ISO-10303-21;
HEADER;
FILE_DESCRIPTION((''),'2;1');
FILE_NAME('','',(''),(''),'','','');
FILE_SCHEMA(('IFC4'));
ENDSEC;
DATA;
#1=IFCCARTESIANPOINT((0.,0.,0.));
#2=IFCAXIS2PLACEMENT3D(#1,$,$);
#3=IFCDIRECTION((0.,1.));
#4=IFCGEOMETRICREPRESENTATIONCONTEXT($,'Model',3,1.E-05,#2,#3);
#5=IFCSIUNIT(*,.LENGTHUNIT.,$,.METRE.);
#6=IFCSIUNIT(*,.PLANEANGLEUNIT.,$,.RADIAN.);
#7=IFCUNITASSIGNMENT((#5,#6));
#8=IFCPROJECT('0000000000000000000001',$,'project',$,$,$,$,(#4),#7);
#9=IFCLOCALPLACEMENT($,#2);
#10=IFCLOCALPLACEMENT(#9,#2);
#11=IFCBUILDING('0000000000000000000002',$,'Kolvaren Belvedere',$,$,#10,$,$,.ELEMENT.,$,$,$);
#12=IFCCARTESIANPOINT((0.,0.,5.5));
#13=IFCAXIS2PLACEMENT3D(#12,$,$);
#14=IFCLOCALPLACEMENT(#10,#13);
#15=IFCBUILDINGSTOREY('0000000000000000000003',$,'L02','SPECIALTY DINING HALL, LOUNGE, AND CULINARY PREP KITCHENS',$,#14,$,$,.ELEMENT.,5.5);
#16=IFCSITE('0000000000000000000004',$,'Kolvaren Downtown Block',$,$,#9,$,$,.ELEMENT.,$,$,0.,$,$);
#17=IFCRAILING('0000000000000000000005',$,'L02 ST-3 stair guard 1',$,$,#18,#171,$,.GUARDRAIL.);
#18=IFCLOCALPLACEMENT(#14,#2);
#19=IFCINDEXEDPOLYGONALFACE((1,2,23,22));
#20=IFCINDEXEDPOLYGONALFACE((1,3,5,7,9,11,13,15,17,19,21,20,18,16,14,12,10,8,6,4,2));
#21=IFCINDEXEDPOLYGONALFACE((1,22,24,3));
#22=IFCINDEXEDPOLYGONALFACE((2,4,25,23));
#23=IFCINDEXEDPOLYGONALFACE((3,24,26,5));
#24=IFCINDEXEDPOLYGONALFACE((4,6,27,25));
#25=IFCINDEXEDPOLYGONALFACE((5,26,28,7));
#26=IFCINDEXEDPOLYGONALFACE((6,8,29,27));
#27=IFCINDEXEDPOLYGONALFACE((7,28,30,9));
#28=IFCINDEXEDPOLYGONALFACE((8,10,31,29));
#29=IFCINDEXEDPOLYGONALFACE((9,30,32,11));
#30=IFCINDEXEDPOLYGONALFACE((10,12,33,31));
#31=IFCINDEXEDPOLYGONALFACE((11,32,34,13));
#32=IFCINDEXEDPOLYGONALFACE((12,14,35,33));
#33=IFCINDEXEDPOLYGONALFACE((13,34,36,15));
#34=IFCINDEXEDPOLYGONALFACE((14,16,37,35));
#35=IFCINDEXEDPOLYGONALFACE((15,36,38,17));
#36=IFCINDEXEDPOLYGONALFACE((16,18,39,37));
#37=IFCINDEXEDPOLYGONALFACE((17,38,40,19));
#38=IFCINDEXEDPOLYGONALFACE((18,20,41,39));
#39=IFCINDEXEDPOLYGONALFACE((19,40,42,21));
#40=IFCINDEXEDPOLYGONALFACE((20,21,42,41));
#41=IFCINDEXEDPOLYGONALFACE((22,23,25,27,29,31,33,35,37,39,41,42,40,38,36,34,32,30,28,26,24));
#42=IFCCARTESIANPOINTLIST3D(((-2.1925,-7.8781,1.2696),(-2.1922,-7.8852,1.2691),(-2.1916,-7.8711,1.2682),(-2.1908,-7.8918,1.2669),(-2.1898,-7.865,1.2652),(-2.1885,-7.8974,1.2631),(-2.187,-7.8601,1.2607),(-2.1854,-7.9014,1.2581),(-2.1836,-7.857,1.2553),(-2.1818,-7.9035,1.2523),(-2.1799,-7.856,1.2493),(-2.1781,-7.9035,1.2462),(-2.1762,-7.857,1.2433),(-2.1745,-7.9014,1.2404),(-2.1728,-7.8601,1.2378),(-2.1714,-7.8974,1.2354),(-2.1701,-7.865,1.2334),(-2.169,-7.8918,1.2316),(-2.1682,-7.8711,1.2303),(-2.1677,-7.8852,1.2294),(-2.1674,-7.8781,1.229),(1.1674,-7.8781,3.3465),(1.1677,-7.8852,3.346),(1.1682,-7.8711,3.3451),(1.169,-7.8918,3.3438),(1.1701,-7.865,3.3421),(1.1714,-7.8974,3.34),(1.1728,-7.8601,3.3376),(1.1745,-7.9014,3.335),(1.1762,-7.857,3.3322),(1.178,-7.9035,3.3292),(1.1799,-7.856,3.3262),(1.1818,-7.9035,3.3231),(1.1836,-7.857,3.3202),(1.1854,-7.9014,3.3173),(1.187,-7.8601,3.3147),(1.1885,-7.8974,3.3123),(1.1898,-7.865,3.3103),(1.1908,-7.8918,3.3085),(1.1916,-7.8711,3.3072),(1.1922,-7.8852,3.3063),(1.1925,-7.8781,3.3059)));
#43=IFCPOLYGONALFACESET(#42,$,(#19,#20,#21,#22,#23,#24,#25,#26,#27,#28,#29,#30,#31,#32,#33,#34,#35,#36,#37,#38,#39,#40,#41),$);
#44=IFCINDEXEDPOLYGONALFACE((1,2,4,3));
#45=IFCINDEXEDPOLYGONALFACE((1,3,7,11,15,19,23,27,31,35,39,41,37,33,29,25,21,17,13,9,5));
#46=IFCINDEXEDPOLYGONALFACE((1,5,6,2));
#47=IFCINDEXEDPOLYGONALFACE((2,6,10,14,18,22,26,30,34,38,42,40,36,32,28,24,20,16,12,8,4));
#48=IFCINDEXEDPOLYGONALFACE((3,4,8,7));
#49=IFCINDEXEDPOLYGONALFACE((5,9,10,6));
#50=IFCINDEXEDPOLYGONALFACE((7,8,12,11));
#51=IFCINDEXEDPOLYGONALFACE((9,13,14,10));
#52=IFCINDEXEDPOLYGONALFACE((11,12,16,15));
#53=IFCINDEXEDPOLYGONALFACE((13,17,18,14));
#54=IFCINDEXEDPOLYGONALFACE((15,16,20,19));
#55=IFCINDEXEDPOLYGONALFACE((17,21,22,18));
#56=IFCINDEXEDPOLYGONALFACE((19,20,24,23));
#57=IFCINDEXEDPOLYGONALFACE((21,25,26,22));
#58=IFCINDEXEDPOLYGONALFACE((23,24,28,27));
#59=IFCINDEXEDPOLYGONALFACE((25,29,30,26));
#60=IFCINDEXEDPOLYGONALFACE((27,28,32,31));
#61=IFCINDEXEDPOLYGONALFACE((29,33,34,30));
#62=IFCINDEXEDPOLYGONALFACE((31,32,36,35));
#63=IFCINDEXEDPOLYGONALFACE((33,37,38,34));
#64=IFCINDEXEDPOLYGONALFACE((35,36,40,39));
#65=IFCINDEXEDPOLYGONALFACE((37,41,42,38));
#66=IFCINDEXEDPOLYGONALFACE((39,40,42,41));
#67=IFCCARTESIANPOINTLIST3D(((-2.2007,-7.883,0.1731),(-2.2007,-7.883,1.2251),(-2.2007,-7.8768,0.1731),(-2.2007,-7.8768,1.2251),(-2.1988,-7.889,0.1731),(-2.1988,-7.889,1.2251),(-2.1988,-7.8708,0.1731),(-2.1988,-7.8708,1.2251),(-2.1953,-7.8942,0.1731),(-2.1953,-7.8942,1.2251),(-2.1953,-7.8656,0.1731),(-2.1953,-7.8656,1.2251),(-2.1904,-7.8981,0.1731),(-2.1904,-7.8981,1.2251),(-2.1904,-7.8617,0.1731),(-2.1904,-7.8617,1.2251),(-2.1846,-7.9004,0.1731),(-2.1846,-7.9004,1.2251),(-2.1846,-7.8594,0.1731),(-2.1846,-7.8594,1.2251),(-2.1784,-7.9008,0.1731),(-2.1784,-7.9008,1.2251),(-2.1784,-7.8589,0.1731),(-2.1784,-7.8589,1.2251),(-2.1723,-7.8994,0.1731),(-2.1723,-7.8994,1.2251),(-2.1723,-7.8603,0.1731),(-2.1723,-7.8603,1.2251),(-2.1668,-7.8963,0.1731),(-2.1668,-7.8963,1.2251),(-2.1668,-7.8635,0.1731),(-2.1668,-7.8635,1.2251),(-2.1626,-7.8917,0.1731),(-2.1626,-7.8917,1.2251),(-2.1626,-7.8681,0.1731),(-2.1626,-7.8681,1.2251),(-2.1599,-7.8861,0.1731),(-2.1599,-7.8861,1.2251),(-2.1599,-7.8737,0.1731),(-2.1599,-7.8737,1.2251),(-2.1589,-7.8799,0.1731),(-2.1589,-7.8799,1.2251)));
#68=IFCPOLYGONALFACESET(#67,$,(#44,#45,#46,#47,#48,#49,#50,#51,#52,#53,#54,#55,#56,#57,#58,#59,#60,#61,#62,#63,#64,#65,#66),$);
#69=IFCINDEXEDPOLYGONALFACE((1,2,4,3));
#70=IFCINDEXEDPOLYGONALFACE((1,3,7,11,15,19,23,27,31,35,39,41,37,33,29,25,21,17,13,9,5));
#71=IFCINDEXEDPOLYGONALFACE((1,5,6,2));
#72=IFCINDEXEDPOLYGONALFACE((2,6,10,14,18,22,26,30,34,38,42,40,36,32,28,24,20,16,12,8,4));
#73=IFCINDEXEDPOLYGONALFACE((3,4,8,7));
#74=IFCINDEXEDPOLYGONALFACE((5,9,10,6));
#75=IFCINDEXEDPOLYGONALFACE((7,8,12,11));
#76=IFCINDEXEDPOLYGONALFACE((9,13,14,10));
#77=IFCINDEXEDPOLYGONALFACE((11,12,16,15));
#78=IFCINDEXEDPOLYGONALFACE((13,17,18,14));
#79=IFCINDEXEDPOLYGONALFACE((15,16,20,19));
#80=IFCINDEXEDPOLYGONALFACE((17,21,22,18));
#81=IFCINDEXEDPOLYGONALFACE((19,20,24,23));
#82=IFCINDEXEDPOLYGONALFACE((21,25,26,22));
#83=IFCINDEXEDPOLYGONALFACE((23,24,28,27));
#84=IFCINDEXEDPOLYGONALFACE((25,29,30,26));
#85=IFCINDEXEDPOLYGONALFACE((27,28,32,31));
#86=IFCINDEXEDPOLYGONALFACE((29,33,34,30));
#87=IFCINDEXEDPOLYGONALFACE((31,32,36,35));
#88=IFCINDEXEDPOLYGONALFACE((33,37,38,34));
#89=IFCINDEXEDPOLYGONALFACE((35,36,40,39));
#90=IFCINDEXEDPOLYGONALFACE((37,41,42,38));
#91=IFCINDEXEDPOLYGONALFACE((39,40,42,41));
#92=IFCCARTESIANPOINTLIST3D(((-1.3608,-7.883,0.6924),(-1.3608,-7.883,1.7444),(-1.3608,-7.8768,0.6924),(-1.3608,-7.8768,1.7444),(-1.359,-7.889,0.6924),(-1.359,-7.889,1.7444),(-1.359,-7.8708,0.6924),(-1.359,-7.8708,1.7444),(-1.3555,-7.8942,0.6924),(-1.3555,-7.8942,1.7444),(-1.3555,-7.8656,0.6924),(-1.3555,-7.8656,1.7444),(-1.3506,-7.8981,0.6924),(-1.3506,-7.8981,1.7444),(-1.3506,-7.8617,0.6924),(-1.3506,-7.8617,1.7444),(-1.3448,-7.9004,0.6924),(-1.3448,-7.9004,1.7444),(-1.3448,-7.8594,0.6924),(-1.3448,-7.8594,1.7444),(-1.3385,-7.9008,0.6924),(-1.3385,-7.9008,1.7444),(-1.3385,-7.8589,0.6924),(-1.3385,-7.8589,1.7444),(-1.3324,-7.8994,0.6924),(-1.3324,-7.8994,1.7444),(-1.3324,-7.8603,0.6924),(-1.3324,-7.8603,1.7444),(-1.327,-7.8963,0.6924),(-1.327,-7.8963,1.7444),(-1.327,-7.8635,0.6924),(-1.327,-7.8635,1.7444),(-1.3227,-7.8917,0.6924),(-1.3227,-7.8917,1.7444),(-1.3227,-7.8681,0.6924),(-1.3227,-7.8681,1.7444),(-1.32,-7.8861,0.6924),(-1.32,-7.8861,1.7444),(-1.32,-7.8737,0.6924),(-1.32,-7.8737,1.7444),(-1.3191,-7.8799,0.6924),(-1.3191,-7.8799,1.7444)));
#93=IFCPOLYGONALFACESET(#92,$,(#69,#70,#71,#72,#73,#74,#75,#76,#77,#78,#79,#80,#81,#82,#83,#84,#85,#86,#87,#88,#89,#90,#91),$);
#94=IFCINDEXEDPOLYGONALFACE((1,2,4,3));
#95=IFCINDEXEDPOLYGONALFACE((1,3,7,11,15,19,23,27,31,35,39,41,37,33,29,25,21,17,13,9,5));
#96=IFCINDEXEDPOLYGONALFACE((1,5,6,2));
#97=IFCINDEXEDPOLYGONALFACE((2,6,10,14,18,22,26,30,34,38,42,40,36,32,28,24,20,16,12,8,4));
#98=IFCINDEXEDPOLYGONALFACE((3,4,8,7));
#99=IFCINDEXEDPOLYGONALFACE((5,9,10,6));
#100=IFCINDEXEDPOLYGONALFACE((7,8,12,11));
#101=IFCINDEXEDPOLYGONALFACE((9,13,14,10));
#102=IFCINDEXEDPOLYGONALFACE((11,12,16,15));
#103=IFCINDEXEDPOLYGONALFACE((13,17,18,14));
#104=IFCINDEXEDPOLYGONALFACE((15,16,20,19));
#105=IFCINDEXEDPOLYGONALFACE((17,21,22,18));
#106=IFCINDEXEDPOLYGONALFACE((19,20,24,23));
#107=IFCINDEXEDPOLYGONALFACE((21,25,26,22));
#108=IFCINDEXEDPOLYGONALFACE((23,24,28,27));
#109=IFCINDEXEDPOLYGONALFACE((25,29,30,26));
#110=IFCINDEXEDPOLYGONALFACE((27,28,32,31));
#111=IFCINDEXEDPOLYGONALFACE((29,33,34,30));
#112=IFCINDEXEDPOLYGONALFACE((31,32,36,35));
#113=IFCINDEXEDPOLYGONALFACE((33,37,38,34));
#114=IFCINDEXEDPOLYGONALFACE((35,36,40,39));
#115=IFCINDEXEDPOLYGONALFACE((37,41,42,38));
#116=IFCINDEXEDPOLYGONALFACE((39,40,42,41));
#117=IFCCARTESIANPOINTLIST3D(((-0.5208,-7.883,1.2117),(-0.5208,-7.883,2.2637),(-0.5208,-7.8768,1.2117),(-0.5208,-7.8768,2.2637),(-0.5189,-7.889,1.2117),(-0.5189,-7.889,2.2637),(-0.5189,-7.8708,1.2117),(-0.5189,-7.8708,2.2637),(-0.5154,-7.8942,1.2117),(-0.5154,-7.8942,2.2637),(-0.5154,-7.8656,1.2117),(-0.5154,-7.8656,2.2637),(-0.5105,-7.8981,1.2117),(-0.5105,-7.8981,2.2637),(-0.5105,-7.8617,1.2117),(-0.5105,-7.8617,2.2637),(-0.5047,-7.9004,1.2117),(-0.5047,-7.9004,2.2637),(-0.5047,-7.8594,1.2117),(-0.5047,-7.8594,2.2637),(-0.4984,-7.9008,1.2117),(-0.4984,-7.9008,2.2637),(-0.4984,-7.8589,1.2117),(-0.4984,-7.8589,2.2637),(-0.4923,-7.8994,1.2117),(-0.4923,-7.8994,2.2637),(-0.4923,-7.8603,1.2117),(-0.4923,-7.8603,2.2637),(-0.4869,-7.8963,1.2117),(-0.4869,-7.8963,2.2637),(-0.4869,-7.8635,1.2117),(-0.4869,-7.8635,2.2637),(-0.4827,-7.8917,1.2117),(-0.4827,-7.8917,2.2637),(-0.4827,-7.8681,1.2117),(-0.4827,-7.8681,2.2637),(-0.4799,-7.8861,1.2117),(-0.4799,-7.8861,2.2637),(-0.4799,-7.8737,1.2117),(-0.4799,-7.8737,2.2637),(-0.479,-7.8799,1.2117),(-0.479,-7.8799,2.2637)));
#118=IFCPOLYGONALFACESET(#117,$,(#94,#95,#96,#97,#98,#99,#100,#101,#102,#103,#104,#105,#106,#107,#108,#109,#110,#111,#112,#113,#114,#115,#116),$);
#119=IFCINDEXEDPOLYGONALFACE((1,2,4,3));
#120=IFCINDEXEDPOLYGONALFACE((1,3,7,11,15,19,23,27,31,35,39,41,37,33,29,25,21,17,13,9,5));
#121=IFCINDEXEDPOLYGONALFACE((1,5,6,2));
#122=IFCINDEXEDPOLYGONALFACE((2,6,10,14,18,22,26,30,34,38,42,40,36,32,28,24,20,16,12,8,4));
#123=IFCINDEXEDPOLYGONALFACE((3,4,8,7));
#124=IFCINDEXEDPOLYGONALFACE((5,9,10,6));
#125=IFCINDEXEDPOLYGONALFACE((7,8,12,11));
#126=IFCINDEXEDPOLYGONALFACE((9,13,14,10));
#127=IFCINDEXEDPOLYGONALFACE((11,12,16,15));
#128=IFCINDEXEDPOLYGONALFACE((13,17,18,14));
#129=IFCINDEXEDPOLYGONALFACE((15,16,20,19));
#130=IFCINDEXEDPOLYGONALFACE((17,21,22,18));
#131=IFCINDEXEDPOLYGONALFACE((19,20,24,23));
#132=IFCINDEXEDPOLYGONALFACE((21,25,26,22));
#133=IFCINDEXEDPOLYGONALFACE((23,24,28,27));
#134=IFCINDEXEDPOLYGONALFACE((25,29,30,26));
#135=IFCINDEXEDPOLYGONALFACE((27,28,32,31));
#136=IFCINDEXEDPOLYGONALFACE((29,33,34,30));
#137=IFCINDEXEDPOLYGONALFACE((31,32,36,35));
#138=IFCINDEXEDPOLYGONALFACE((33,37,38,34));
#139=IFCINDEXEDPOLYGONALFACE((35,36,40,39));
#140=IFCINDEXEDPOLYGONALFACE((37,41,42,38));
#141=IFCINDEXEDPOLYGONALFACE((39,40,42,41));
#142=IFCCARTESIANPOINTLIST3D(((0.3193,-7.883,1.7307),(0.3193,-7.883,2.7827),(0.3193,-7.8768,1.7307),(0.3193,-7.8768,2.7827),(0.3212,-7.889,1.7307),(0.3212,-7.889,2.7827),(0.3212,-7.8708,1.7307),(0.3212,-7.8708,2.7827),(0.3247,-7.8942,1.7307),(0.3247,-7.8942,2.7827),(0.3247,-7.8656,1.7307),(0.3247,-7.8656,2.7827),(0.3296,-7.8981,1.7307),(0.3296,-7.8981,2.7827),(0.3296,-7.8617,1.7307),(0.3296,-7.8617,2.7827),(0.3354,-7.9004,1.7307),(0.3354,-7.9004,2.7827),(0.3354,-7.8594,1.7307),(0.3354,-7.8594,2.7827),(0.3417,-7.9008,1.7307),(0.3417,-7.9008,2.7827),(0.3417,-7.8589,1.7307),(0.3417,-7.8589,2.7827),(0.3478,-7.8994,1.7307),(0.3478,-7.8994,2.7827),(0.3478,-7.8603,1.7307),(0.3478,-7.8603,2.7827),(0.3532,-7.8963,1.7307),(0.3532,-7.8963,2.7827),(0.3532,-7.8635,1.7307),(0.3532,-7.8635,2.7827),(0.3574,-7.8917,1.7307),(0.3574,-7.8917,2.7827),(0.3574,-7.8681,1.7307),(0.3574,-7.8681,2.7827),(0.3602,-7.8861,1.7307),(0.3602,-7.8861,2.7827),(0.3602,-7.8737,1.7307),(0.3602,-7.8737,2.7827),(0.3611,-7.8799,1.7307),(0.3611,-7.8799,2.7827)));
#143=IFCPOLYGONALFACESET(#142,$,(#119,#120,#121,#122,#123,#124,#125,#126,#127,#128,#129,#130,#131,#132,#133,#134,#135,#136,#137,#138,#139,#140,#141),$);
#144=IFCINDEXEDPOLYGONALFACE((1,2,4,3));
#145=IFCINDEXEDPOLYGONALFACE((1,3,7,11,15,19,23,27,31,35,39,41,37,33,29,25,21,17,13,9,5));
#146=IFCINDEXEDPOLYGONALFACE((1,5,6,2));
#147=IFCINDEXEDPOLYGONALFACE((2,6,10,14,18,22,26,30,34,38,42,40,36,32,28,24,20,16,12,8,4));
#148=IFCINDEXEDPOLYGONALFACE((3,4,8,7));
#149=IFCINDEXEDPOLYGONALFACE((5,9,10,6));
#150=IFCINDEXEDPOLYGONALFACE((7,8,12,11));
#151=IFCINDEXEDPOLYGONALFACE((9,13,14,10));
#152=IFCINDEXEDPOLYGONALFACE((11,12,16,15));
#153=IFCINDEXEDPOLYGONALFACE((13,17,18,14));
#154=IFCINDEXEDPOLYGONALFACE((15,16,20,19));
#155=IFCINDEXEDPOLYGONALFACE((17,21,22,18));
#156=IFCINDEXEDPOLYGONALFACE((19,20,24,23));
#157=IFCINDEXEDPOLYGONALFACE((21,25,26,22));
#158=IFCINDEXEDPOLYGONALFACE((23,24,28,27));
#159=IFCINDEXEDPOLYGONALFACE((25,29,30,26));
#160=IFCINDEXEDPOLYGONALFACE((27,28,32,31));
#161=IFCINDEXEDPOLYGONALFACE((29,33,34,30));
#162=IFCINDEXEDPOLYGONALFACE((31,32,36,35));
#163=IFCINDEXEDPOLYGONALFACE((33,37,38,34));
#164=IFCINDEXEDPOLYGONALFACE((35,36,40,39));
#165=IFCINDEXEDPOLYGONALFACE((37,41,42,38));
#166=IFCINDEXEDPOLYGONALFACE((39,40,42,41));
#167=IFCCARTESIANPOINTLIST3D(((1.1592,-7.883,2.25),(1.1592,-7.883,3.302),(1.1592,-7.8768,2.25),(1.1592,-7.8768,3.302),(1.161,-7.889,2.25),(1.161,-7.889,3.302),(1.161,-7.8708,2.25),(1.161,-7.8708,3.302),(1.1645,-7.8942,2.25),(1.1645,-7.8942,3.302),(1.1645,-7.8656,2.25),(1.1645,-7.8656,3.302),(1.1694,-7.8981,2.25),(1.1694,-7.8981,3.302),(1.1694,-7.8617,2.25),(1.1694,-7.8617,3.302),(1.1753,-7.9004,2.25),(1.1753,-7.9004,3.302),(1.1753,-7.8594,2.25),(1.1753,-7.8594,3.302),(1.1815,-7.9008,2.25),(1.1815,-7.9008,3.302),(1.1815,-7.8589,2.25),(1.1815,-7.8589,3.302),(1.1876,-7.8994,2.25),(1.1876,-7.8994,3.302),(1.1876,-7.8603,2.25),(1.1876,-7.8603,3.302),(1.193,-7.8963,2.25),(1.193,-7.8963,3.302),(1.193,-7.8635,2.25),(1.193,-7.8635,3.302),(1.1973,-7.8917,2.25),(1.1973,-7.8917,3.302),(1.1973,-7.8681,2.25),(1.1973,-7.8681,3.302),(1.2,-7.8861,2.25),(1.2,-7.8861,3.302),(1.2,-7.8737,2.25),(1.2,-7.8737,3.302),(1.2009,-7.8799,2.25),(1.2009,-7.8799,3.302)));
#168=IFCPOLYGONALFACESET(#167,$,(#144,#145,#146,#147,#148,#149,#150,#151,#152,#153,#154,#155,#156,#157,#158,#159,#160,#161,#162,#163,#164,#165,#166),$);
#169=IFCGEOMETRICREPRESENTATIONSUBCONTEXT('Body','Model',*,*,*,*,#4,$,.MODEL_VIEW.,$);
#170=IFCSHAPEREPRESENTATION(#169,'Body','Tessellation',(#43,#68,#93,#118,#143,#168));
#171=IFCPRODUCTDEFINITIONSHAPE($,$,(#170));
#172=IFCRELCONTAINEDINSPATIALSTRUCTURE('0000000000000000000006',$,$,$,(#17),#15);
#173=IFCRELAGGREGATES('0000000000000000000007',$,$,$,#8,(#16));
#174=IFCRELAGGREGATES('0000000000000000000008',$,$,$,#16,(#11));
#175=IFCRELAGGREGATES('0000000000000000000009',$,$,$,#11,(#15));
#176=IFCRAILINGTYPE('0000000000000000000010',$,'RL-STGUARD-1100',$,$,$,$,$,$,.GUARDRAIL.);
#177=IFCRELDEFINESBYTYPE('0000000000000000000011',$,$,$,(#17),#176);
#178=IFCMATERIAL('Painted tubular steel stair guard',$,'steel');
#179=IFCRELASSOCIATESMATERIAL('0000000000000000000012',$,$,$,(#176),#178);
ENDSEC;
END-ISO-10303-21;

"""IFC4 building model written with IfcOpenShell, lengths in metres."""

from ifc_helpers import new_model, si_unit, direction, frame, origin, origin_2d, place, context, subcontext, project, spatial, circle, extrude, material, type_object, element, save


model = new_model("IFC4")

# Units and contexts
model_context = context("Model", 3, precision=1e-05, world=origin(), true_north=direction((0.0, 1.0)))
body_context = subcontext(model_context, "Body", "Model", "MODEL_VIEW")
ifc_project = project(units=[si_unit("LENGTHUNIT", "METRE"), si_unit("PLANEANGLEUNIT", "RADIAN")], contexts=[model_context])

# Site, building, storey
site_placement = place(None, origin())
site = spatial("IfcSite", under=ifc_project, at=site_placement, Name="Kolvaren Downtown Block", CompositionType="ELEMENT", RefElevation=0.0)
building_placement = place(site_placement, origin())
building = spatial("IfcBuilding", under=site, at=building_placement, Name="Kolvaren Belvedere", CompositionType="ELEMENT")
storey_placement = place(building_placement, frame((0.0, 0.0, 5.5)))
storey = spatial("IfcBuildingStorey", under=building, at=storey_placement, Name="L02", Description="SPECIALTY DINING HALL, LOUNGE, AND CULINARY PREP KITCHENS", CompositionType="ELEMENT", Elevation=5.5)

# Railing
ifc_material_1 = material(Name="Painted tubular steel stair guard", Category="steel")
railing_type_1 = type_object("IfcRailingType", Name="RL-STGUARD-1100", PredefinedType="GUARDRAIL", material=ifc_material_1)
railing_1_placement = place(storey_placement, frame((-2.1799, -7.8799, 0.1731)))
element("IfcRailing", 1, at=railing_1_placement, inside=storey, type_object=railing_type_1, Name="L02 ST-3 stair guard 1", PredefinedType="GUARDRAIL", context=body_context, shape_type="SweptSolid", body=[
    extrude(circle(Radius=0.0239, at=origin_2d()), frame((0.0, 0.0, 1.0762), z_axis=(0.850606, 0.0, 0.525803), x_axis=(0.0, 1.0, 0.0)), (0.0, 0.0, 1.0), 3.95),
    extrude(circle(Radius=0.021, at=origin_2d()), origin(), (0.0, 0.0, 1.0), 1.052),
    extrude(circle(Radius=0.021, at=origin_2d()), frame((0.8398, 0.0, 0.5193)), (0.0, 0.0, 1.0), 1.052),
    extrude(circle(Radius=0.021, at=origin_2d()), frame((1.6799, 0.0, 1.0386)), (0.0, 0.0, 1.0), 1.052),
    extrude(circle(Radius=0.021, at=origin_2d()), frame((2.52, 0.0, 1.5576)), (0.0, 0.0, 1.0), 1.052),
    extrude(circle(Radius=0.021, at=origin_2d()), frame((3.3599, 0.0, 2.0769)), (0.0, 0.0, 1.0), 1.052),
])

save(model, "model.ifc")
